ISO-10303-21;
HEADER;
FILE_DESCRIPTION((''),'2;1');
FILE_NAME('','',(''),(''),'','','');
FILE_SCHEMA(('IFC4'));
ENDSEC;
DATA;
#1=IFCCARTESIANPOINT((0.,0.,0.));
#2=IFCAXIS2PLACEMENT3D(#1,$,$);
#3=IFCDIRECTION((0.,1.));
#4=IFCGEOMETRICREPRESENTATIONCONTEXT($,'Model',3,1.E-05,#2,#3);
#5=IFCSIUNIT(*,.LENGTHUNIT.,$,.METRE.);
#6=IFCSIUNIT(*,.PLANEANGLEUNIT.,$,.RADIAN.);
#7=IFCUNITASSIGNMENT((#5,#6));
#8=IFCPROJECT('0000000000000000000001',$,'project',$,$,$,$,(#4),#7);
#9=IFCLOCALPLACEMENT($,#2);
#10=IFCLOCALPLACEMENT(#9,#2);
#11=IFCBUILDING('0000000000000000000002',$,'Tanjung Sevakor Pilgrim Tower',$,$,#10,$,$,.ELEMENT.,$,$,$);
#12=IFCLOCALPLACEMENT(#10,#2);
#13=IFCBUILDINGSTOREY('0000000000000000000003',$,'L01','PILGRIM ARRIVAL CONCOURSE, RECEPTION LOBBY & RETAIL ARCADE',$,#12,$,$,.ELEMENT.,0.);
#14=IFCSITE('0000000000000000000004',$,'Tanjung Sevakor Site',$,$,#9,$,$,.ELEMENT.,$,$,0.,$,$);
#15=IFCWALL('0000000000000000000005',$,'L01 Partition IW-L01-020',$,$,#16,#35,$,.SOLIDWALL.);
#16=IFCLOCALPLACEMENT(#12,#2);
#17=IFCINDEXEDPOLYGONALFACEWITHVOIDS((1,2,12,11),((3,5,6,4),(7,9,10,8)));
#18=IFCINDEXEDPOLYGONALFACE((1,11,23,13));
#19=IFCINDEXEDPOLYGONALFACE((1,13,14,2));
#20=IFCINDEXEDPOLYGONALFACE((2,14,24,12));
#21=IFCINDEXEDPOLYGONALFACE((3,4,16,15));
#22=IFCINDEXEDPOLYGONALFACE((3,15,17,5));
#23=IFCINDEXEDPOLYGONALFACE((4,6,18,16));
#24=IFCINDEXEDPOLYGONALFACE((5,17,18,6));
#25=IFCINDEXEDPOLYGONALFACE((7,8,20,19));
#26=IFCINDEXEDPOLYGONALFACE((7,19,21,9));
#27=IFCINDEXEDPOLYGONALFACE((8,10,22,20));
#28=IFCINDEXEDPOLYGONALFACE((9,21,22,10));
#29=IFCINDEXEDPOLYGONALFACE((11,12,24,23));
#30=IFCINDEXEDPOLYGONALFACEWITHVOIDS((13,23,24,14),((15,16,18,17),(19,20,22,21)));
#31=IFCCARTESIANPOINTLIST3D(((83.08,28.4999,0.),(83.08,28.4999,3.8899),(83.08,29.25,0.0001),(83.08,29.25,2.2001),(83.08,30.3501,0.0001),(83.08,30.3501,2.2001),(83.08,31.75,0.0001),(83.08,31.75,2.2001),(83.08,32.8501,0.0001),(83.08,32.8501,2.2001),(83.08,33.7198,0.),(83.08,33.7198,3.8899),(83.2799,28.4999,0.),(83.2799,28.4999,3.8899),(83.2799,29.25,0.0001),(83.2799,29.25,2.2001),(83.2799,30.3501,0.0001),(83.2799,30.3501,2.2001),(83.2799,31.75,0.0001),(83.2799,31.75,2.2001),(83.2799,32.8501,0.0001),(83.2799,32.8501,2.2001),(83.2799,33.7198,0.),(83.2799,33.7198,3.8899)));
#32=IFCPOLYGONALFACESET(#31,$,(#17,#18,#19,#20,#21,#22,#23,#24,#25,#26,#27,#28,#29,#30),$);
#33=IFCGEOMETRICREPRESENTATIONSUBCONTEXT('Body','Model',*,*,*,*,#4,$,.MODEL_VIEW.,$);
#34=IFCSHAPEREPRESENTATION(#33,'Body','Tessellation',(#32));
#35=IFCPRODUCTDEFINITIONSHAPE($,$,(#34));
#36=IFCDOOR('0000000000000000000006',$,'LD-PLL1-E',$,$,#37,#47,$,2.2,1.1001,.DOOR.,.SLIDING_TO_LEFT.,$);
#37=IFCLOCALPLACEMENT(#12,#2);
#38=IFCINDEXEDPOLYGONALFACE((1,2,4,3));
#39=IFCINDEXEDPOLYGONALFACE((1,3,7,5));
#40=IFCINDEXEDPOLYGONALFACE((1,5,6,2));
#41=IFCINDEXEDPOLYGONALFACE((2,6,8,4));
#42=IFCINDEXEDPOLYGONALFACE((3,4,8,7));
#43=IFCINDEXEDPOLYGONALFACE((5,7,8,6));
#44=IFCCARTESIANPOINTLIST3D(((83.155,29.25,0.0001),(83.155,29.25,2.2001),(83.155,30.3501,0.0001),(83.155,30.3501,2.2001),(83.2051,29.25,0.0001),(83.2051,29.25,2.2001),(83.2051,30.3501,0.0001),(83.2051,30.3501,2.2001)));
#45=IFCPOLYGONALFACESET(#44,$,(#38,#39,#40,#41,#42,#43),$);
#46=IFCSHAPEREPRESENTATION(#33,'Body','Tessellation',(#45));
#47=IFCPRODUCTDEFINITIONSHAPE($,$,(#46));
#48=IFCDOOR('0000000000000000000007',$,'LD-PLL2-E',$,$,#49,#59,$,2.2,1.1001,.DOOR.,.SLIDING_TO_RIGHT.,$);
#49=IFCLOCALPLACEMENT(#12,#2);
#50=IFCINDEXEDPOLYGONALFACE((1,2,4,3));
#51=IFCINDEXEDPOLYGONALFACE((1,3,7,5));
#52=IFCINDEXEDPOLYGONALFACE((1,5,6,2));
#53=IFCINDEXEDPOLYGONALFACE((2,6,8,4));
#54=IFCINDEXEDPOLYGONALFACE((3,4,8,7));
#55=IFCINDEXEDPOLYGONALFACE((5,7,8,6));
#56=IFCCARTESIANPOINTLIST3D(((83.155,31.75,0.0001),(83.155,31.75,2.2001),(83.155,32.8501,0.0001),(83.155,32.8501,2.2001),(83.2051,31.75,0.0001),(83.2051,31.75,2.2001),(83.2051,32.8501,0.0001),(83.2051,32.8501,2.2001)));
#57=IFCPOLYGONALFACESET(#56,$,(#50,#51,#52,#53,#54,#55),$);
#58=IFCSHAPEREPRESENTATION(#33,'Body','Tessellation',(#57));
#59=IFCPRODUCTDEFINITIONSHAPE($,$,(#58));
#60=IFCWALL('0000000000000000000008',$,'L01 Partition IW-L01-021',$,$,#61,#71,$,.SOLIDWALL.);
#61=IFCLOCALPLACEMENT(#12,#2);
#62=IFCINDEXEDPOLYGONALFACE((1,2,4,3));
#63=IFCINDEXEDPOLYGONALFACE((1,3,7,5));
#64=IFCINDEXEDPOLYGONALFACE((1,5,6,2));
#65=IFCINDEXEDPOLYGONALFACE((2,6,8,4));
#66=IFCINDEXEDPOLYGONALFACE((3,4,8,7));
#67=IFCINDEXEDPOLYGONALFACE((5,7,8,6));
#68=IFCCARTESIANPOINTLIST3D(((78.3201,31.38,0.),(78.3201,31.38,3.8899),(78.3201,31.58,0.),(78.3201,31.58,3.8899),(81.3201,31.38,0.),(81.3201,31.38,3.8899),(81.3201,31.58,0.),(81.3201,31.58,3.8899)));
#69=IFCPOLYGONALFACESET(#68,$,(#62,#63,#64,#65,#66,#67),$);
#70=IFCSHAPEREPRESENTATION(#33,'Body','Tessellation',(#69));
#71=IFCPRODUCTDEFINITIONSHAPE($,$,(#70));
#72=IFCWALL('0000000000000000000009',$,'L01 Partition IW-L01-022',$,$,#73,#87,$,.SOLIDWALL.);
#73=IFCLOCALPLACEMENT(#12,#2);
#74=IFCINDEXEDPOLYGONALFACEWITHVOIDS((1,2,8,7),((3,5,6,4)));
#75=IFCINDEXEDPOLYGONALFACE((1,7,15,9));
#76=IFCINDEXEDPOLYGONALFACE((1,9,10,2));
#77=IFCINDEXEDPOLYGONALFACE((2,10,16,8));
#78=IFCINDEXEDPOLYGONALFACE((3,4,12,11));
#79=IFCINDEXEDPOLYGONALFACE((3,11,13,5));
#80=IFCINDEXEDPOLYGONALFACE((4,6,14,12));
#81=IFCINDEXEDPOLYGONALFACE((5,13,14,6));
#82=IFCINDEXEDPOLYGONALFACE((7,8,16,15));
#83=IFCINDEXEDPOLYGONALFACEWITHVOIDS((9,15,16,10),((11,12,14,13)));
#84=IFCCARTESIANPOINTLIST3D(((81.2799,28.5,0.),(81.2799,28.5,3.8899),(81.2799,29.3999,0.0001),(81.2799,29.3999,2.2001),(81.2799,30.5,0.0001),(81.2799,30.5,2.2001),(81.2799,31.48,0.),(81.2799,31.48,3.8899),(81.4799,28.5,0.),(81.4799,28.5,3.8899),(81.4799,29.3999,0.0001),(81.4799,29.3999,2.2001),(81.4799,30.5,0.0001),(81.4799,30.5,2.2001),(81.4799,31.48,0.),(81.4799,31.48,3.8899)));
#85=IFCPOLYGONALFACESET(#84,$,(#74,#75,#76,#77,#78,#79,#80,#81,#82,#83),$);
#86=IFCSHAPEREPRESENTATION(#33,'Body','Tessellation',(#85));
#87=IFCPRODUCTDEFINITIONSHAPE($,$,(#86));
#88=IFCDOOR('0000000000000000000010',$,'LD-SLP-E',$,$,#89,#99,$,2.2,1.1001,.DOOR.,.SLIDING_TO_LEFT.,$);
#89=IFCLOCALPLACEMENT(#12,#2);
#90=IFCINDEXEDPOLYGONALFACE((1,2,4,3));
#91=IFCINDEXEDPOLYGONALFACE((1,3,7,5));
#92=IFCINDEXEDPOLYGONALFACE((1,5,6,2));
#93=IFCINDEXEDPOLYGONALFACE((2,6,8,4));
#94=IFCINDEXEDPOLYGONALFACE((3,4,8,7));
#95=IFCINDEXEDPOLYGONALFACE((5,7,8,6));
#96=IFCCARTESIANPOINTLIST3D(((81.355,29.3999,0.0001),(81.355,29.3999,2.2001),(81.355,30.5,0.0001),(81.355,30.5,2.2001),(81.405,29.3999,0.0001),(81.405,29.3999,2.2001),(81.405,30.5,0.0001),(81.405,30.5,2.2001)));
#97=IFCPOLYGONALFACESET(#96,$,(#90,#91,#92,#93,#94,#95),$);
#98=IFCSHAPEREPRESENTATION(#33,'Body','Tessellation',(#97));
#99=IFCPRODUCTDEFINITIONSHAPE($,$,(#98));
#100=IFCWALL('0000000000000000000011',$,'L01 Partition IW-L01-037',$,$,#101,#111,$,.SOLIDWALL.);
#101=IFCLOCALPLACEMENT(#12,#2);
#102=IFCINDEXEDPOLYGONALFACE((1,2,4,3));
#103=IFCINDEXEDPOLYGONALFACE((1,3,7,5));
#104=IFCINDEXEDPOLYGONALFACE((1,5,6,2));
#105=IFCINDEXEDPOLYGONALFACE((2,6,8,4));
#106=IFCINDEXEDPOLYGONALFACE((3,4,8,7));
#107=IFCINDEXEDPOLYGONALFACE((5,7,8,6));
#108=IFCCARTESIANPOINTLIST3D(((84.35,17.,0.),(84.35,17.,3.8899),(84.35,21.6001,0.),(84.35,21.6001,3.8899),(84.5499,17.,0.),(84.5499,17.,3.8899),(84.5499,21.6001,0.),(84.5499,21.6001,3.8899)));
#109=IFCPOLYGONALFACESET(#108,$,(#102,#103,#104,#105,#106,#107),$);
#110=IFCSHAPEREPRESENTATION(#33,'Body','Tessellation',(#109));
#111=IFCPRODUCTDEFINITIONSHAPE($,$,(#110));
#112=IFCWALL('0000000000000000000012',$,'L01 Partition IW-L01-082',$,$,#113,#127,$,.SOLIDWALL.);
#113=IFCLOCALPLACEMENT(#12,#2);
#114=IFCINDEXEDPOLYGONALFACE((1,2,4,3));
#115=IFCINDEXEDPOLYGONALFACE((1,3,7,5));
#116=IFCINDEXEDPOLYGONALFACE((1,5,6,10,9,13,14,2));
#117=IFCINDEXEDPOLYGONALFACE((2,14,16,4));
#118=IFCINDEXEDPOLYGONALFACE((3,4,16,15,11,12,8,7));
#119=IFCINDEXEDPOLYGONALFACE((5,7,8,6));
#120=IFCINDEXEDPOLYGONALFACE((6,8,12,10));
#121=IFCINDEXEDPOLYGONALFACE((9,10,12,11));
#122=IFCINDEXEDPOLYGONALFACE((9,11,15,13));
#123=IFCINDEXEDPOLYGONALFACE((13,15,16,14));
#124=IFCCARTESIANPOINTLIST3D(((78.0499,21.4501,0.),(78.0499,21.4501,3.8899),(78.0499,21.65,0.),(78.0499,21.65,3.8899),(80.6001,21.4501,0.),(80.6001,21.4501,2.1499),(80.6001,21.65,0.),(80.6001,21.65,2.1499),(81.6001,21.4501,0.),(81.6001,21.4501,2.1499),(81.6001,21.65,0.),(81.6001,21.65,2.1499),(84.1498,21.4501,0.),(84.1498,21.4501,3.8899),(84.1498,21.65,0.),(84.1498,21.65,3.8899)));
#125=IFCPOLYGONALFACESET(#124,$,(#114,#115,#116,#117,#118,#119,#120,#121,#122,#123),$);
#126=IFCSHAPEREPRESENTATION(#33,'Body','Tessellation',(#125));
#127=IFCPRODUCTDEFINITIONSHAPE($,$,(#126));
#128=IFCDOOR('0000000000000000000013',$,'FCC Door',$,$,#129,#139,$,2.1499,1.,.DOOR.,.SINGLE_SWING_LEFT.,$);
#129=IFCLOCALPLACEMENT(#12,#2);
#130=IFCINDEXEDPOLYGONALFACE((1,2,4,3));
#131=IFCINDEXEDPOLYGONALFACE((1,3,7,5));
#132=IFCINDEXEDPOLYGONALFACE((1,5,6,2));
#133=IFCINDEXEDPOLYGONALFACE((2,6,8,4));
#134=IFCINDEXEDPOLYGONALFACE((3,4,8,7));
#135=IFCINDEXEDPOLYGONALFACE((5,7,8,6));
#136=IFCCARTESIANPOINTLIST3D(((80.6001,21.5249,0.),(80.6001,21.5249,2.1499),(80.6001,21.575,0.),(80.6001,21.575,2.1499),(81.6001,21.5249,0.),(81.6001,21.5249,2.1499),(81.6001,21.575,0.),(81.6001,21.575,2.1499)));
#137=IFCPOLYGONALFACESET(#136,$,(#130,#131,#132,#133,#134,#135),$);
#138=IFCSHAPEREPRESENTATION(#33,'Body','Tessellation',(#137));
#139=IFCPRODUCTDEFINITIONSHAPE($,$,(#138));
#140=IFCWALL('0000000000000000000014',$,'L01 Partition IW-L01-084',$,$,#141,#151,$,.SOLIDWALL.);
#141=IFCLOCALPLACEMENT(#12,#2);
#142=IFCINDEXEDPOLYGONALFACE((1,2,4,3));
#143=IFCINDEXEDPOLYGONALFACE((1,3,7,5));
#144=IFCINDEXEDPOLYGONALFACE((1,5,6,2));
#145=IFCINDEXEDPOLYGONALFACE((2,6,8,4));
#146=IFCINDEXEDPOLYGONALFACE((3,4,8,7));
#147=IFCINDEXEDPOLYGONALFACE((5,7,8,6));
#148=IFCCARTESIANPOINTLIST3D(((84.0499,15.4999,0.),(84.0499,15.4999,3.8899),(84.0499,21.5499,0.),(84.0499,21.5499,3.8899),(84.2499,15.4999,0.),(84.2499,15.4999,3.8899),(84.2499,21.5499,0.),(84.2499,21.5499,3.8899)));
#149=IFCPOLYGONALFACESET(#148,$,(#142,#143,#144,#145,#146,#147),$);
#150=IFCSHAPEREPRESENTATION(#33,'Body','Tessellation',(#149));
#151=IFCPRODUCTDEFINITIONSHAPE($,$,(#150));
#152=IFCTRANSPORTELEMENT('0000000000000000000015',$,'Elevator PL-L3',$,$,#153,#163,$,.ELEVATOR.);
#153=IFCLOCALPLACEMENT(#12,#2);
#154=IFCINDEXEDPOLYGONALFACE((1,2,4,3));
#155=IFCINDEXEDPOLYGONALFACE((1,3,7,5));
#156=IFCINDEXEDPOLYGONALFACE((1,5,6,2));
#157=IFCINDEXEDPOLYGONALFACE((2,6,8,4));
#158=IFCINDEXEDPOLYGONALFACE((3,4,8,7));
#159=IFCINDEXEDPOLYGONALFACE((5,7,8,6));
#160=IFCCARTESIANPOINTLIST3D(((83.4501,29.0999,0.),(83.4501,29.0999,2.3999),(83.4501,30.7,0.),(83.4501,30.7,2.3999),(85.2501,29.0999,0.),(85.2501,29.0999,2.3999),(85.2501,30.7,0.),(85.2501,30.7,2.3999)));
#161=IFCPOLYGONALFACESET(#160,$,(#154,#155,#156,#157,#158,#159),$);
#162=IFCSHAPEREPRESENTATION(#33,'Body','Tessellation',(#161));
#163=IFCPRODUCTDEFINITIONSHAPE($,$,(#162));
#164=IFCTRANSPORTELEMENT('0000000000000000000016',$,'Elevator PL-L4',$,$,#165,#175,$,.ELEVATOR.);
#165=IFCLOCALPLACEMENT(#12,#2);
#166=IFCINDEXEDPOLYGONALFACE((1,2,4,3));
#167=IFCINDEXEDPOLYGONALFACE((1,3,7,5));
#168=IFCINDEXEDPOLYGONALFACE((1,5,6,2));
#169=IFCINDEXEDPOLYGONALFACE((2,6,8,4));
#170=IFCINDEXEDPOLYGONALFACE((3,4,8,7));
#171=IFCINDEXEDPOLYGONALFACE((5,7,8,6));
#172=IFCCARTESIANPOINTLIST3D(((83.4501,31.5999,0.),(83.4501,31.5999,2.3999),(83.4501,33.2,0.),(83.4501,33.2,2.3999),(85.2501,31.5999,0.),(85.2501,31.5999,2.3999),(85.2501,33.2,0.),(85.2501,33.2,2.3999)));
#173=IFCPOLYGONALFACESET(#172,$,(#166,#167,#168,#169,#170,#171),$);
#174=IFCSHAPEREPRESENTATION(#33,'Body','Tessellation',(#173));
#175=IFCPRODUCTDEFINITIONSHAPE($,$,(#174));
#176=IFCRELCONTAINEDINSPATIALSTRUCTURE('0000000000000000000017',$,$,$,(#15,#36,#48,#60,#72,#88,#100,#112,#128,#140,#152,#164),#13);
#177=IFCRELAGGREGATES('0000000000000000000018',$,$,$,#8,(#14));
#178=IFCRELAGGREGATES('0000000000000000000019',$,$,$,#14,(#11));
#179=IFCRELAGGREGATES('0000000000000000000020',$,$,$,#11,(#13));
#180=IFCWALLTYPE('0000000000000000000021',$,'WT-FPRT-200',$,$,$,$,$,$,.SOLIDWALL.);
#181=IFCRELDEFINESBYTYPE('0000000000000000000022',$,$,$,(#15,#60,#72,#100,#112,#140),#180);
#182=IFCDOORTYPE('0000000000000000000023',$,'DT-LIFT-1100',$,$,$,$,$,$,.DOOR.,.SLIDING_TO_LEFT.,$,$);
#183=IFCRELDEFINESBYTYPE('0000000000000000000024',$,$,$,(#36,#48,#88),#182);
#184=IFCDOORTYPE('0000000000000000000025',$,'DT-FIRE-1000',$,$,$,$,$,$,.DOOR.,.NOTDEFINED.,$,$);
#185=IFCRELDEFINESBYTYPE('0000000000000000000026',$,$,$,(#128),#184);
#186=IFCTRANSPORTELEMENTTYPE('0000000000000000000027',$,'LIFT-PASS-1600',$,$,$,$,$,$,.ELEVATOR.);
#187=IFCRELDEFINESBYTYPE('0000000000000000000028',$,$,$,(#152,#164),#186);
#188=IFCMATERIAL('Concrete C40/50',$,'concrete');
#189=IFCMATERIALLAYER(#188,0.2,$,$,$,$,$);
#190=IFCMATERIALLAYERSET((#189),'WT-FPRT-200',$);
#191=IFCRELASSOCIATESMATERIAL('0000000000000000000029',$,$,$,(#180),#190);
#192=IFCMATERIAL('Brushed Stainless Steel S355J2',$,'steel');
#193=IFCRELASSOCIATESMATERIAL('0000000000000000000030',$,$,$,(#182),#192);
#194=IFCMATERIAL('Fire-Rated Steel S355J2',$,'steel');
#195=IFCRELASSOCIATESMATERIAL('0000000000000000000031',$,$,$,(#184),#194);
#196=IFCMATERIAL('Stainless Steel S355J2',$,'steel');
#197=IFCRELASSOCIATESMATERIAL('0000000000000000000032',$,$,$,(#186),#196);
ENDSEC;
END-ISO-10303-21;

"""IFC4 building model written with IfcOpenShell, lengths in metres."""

from ifc_helpers import new_model, si_unit, direction, frame, frame_2d, origin, origin_2d, place, context, subcontext, project, spatial, rectangle, extrude, material, layer, layer_set, type_object, element, fill, save


model = new_model("IFC4")

# Units and contexts
model_context = context("Model", 3, precision=1e-05, world=origin(), true_north=direction((0.0, 1.0)))
body_context = subcontext(model_context, "Body", "Model", "MODEL_VIEW")
ifc_project = project(units=[si_unit("LENGTHUNIT", "METRE"), si_unit("PLANEANGLEUNIT", "RADIAN")], contexts=[model_context])

# Site, building, storey
site_placement = place(None, origin())
site = spatial("IfcSite", under=ifc_project, at=site_placement, Name="Tanjung Sevakor Site", CompositionType="ELEMENT", RefElevation=0.0)
building_placement = place(site_placement, origin())
building = spatial("IfcBuilding", under=site, at=building_placement, Name="Tanjung Sevakor Pilgrim Tower", CompositionType="ELEMENT")
storey_placement = place(building_placement, origin())
storey = spatial("IfcBuildingStorey", under=building, at=storey_placement, Name="L01", Description="PILGRIM ARRIVAL CONCOURSE, RECEPTION LOBBY & RETAIL ARCADE", CompositionType="ELEMENT", Elevation=0.0)

# Shared definitions
ifc_material_1 = material(Name="Concrete C40/50", Category="concrete")
ifc_layer_1 = layer(ifc_material_1, 0.2)
ifc_layer_set_1 = layer_set([ifc_layer_1], Name="WT-FPRT-200")
wall_type_1 = type_object("IfcWallType", Name="WT-FPRT-200", PredefinedType="SOLIDWALL", material=ifc_layer_set_1)
ifc_material_2 = material(Name="Brushed Stainless Steel S355J2", Category="steel")
door_type_1 = type_object("IfcDoorType", Name="DT-LIFT-1100", OperationType="SLIDING_TO_LEFT", PredefinedType="DOOR", material=ifc_material_2)
ifc_material_3 = material(Name="Fire-Rated Steel S355J2", Category="steel")
door_type_2 = type_object("IfcDoorType", Name="DT-FIRE-1000", OperationType="NOTDEFINED", PredefinedType="DOOR", material=ifc_material_3)

# Wall, openings, doors
wall_1_placement = place(storey_placement, frame((83.1799, 28.5, 0.0), z_axis=(0.0, 0.0, 1.0), x_axis=(0.0, 1.0, 0.0)))
wall_1 = element("IfcWall", 1, at=wall_1_placement, inside=storey, type_object=wall_type_1, Name="L01 Partition IW-L01-020", PredefinedType="SOLIDWALL", context=body_context, shape_type="SweptSolid", body=[
    extrude(rectangle(XDim=5.22, YDim=0.2, at=frame_2d((2.6099, 0.0))), origin(), (0.0, 0.0, 1.0), 3.8899),
])
opening_1_placement = place(wall_1_placement, frame((0.75, 0.0, 0.0)))
opening_1 = element("IfcOpeningElement", 2, at=opening_1_placement, cuts=wall_1, PredefinedType="OPENING", context=body_context, shape_type="SweptSolid", body=[
    extrude(rectangle(XDim=1.1001, YDim=2.2, at=frame_2d((0.55, 1.1001))), frame((0.0, 0.1099, 0.0), z_axis=(0.0, -1.0, 0.0), x_axis=(1.0, 0.0, 0.0)), (0.0, 0.0, 1.0), 0.22),
])
opening_2_placement = place(wall_1_placement, frame((3.25, 0.0, 0.0)))
opening_2 = element("IfcOpeningElement", 3, at=opening_2_placement, cuts=wall_1, PredefinedType="OPENING", context=body_context, shape_type="SweptSolid", body=[
    extrude(rectangle(XDim=1.1001, YDim=2.2, at=frame_2d((0.55, 1.1001))), frame((0.0, 0.1099, 0.0), z_axis=(0.0, -1.0, 0.0), x_axis=(1.0, 0.0, 0.0)), (0.0, 0.0, 1.0), 0.22),
])
door_1_placement = place(opening_1_placement, origin())
door_1 = element("IfcDoor", 4, at=door_1_placement, inside=storey, type_object=door_type_1, Name="LD-PLL1-E", OperationType="SLIDING_TO_LEFT", OverallHeight=2.2, OverallWidth=1.1001, PredefinedType="DOOR", context=body_context, shape_type="SweptSolid", body=[
    extrude(rectangle(XDim=1.1001, YDim=2.2, at=frame_2d((0.55, 1.1001))), frame((0.0, 0.0249, 0.0), z_axis=(0.0, -1.0, 0.0), x_axis=(1.0, 0.0, 0.0)), (0.0, 0.0, 1.0), 0.05),
])
fill(opening_1, door_1)
door_2_placement = place(opening_2_placement, origin())
door_2 = element("IfcDoor", 5, at=door_2_placement, inside=storey, type_object=door_type_1, Name="LD-PLL2-E", OperationType="SLIDING_TO_RIGHT", OverallHeight=2.2, OverallWidth=1.1001, PredefinedType="DOOR", context=body_context, shape_type="SweptSolid", body=[
    extrude(rectangle(XDim=1.1001, YDim=2.2, at=frame_2d((0.55, 1.1001))), frame((0.0, 0.0249, 0.0), z_axis=(0.0, -1.0, 0.0), x_axis=(1.0, 0.0, 0.0)), (0.0, 0.0, 1.0), 0.05),
])
fill(opening_2, door_2)

# Wall
wall_2_placement = place(storey_placement, frame((78.3201, 31.48, 0.0), z_axis=(0.0, 0.0, 1.0), x_axis=(1.0, 0.0, 0.0)))
element("IfcWall", 6, at=wall_2_placement, inside=storey, type_object=wall_type_1, Name="L01 Partition IW-L01-021", PredefinedType="SOLIDWALL", context=body_context, shape_type="SweptSolid", body=[
    extrude(rectangle(XDim=3.0, YDim=0.2, at=frame_2d((1.5, 0.0))), origin(), (0.0, 0.0, 1.0), 3.8899),
])

# Wall, opening, door
wall_3_placement = place(storey_placement, frame((81.3799, 28.5, 0.0), z_axis=(0.0, 0.0, 1.0), x_axis=(0.0, 1.0, 0.0)))
wall_3 = element("IfcWall", 7, at=wall_3_placement, inside=storey, type_object=wall_type_1, Name="L01 Partition IW-L01-022", PredefinedType="SOLIDWALL", context=body_context, shape_type="SweptSolid", body=[
    extrude(rectangle(XDim=2.98, YDim=0.2, at=frame_2d((1.49, 0.0))), origin(), (0.0, 0.0, 1.0), 3.8899),
])
opening_3_placement = place(wall_3_placement, frame((0.8999, 0.0, 0.0)))
opening_3 = element("IfcOpeningElement", 8, at=opening_3_placement, cuts=wall_3, PredefinedType="OPENING", context=body_context, shape_type="SweptSolid", body=[
    extrude(rectangle(XDim=1.1001, YDim=2.2, at=frame_2d((0.55, 1.1001))), frame((0.0, 0.1099, 0.0), z_axis=(0.0, -1.0, 0.0), x_axis=(1.0, 0.0, 0.0)), (0.0, 0.0, 1.0), 0.22),
])
door_3_placement = place(opening_3_placement, origin())
door_3 = element("IfcDoor", 9, at=door_3_placement, inside=storey, type_object=door_type_1, Name="LD-SLP-E", OperationType="SLIDING_TO_LEFT", OverallHeight=2.2, OverallWidth=1.1001, PredefinedType="DOOR", context=body_context, shape_type="SweptSolid", body=[
    extrude(rectangle(XDim=1.1001, YDim=2.2, at=frame_2d((0.55, 1.1001))), frame((0.0, 0.0249, 0.0), z_axis=(0.0, -1.0, 0.0), x_axis=(1.0, 0.0, 0.0)), (0.0, 0.0, 1.0), 0.05),
])
fill(opening_3, door_3)

# Wall
wall_4_placement = place(storey_placement, frame((84.45, 17.0, 0.0), z_axis=(0.0, 0.0, 1.0), x_axis=(0.0, 1.0, 0.0)))
element("IfcWall", 10, at=wall_4_placement, inside=storey, type_object=wall_type_1, Name="L01 Partition IW-L01-037", PredefinedType="SOLIDWALL", context=body_context, shape_type="SweptSolid", body=[
    extrude(rectangle(XDim=4.6001, YDim=0.2, at=frame_2d((2.3, 0.0))), origin(), (0.0, 0.0, 1.0), 3.8899),
])

# Wall, opening, door
wall_5_placement = place(storey_placement, frame((78.05, 21.55, 0.0), z_axis=(0.0, 0.0, 1.0), x_axis=(1.0, 0.0, 0.0)))
wall_5 = element("IfcWall", 11, at=wall_5_placement, inside=storey, type_object=wall_type_1, Name="L01 Partition IW-L01-082", PredefinedType="SOLIDWALL", context=body_context, shape_type="SweptSolid", body=[
    extrude(rectangle(XDim=6.0999, YDim=0.2, at=frame_2d((3.0498, 0.0))), origin(), (0.0, 0.0, 1.0), 3.8899),
])
opening_4_placement = place(wall_5_placement, frame((2.55, 0.0, 0.0)))
opening_4 = element("IfcOpeningElement", 12, at=opening_4_placement, cuts=wall_5, PredefinedType="OPENING", context=body_context, shape_type="SweptSolid", body=[
    extrude(rectangle(XDim=1.0, YDim=2.1499, at=frame_2d((0.5, 1.075))), frame((0.0, 0.1099, 0.0), z_axis=(0.0, -1.0, 0.0), x_axis=(1.0, 0.0, 0.0)), (0.0, 0.0, 1.0), 0.22),
])
door_4_placement = place(opening_4_placement, origin())
door_4 = element("IfcDoor", 13, at=door_4_placement, inside=storey, type_object=door_type_2, Name="FCC Door", OperationType="SINGLE_SWING_LEFT", OverallHeight=2.1499, OverallWidth=1.0, PredefinedType="DOOR", context=body_context, shape_type="SweptSolid", body=[
    extrude(rectangle(XDim=1.0, YDim=2.1499, at=frame_2d((0.5, 1.075))), frame((0.0, 0.0249, 0.0), z_axis=(0.0, -1.0, 0.0), x_axis=(1.0, 0.0, 0.0)), (0.0, 0.0, 1.0), 0.05),
])
fill(opening_4, door_4)

# Wall
wall_6_placement = place(storey_placement, frame((84.1499, 15.5, 0.0), z_axis=(0.0, 0.0, 1.0), x_axis=(0.0, 1.0, 0.0)))
element("IfcWall", 14, at=wall_6_placement, inside=storey, type_object=wall_type_1, Name="L01 Partition IW-L01-084", PredefinedType="SOLIDWALL", context=body_context, shape_type="SweptSolid", body=[
    extrude(rectangle(XDim=6.05, YDim=0.2, at=frame_2d((3.0249, 0.0))), origin(), (0.0, 0.0, 1.0), 3.8899),
])

# Transport elements
ifc_material_4 = material(Name="Stainless Steel S355J2", Category="steel")
transport_element_type = type_object("IfcTransportElementType", Name="LIFT-PASS-1600", PredefinedType="ELEVATOR", material=ifc_material_4)
for number, where, z_axis, x_axis, name in (
    (15, (84.3501, 29.8999, 0.0), (0.0, 0.0, 1.0), (1.0, 0.0, 0.0), "Elevator PL-L3"),
    (16, (84.3501, 32.3999, 0.0), (0.0, 0.0, 1.0), (1.0, 0.0, 0.0), "Elevator PL-L4"),
):
    element("IfcTransportElement", number, at=place(storey_placement, frame(where, z_axis=z_axis, x_axis=x_axis)), inside=storey, type_object=transport_element_type, Name=name, PredefinedType="ELEVATOR", context=body_context, shape_type="SweptSolid", body=[
        extrude(rectangle(XDim=1.8, YDim=1.6001, at=origin_2d()), origin(), (0.0, 0.0, 1.0), 2.3999),
    ])

save(model, "model.ifc")
